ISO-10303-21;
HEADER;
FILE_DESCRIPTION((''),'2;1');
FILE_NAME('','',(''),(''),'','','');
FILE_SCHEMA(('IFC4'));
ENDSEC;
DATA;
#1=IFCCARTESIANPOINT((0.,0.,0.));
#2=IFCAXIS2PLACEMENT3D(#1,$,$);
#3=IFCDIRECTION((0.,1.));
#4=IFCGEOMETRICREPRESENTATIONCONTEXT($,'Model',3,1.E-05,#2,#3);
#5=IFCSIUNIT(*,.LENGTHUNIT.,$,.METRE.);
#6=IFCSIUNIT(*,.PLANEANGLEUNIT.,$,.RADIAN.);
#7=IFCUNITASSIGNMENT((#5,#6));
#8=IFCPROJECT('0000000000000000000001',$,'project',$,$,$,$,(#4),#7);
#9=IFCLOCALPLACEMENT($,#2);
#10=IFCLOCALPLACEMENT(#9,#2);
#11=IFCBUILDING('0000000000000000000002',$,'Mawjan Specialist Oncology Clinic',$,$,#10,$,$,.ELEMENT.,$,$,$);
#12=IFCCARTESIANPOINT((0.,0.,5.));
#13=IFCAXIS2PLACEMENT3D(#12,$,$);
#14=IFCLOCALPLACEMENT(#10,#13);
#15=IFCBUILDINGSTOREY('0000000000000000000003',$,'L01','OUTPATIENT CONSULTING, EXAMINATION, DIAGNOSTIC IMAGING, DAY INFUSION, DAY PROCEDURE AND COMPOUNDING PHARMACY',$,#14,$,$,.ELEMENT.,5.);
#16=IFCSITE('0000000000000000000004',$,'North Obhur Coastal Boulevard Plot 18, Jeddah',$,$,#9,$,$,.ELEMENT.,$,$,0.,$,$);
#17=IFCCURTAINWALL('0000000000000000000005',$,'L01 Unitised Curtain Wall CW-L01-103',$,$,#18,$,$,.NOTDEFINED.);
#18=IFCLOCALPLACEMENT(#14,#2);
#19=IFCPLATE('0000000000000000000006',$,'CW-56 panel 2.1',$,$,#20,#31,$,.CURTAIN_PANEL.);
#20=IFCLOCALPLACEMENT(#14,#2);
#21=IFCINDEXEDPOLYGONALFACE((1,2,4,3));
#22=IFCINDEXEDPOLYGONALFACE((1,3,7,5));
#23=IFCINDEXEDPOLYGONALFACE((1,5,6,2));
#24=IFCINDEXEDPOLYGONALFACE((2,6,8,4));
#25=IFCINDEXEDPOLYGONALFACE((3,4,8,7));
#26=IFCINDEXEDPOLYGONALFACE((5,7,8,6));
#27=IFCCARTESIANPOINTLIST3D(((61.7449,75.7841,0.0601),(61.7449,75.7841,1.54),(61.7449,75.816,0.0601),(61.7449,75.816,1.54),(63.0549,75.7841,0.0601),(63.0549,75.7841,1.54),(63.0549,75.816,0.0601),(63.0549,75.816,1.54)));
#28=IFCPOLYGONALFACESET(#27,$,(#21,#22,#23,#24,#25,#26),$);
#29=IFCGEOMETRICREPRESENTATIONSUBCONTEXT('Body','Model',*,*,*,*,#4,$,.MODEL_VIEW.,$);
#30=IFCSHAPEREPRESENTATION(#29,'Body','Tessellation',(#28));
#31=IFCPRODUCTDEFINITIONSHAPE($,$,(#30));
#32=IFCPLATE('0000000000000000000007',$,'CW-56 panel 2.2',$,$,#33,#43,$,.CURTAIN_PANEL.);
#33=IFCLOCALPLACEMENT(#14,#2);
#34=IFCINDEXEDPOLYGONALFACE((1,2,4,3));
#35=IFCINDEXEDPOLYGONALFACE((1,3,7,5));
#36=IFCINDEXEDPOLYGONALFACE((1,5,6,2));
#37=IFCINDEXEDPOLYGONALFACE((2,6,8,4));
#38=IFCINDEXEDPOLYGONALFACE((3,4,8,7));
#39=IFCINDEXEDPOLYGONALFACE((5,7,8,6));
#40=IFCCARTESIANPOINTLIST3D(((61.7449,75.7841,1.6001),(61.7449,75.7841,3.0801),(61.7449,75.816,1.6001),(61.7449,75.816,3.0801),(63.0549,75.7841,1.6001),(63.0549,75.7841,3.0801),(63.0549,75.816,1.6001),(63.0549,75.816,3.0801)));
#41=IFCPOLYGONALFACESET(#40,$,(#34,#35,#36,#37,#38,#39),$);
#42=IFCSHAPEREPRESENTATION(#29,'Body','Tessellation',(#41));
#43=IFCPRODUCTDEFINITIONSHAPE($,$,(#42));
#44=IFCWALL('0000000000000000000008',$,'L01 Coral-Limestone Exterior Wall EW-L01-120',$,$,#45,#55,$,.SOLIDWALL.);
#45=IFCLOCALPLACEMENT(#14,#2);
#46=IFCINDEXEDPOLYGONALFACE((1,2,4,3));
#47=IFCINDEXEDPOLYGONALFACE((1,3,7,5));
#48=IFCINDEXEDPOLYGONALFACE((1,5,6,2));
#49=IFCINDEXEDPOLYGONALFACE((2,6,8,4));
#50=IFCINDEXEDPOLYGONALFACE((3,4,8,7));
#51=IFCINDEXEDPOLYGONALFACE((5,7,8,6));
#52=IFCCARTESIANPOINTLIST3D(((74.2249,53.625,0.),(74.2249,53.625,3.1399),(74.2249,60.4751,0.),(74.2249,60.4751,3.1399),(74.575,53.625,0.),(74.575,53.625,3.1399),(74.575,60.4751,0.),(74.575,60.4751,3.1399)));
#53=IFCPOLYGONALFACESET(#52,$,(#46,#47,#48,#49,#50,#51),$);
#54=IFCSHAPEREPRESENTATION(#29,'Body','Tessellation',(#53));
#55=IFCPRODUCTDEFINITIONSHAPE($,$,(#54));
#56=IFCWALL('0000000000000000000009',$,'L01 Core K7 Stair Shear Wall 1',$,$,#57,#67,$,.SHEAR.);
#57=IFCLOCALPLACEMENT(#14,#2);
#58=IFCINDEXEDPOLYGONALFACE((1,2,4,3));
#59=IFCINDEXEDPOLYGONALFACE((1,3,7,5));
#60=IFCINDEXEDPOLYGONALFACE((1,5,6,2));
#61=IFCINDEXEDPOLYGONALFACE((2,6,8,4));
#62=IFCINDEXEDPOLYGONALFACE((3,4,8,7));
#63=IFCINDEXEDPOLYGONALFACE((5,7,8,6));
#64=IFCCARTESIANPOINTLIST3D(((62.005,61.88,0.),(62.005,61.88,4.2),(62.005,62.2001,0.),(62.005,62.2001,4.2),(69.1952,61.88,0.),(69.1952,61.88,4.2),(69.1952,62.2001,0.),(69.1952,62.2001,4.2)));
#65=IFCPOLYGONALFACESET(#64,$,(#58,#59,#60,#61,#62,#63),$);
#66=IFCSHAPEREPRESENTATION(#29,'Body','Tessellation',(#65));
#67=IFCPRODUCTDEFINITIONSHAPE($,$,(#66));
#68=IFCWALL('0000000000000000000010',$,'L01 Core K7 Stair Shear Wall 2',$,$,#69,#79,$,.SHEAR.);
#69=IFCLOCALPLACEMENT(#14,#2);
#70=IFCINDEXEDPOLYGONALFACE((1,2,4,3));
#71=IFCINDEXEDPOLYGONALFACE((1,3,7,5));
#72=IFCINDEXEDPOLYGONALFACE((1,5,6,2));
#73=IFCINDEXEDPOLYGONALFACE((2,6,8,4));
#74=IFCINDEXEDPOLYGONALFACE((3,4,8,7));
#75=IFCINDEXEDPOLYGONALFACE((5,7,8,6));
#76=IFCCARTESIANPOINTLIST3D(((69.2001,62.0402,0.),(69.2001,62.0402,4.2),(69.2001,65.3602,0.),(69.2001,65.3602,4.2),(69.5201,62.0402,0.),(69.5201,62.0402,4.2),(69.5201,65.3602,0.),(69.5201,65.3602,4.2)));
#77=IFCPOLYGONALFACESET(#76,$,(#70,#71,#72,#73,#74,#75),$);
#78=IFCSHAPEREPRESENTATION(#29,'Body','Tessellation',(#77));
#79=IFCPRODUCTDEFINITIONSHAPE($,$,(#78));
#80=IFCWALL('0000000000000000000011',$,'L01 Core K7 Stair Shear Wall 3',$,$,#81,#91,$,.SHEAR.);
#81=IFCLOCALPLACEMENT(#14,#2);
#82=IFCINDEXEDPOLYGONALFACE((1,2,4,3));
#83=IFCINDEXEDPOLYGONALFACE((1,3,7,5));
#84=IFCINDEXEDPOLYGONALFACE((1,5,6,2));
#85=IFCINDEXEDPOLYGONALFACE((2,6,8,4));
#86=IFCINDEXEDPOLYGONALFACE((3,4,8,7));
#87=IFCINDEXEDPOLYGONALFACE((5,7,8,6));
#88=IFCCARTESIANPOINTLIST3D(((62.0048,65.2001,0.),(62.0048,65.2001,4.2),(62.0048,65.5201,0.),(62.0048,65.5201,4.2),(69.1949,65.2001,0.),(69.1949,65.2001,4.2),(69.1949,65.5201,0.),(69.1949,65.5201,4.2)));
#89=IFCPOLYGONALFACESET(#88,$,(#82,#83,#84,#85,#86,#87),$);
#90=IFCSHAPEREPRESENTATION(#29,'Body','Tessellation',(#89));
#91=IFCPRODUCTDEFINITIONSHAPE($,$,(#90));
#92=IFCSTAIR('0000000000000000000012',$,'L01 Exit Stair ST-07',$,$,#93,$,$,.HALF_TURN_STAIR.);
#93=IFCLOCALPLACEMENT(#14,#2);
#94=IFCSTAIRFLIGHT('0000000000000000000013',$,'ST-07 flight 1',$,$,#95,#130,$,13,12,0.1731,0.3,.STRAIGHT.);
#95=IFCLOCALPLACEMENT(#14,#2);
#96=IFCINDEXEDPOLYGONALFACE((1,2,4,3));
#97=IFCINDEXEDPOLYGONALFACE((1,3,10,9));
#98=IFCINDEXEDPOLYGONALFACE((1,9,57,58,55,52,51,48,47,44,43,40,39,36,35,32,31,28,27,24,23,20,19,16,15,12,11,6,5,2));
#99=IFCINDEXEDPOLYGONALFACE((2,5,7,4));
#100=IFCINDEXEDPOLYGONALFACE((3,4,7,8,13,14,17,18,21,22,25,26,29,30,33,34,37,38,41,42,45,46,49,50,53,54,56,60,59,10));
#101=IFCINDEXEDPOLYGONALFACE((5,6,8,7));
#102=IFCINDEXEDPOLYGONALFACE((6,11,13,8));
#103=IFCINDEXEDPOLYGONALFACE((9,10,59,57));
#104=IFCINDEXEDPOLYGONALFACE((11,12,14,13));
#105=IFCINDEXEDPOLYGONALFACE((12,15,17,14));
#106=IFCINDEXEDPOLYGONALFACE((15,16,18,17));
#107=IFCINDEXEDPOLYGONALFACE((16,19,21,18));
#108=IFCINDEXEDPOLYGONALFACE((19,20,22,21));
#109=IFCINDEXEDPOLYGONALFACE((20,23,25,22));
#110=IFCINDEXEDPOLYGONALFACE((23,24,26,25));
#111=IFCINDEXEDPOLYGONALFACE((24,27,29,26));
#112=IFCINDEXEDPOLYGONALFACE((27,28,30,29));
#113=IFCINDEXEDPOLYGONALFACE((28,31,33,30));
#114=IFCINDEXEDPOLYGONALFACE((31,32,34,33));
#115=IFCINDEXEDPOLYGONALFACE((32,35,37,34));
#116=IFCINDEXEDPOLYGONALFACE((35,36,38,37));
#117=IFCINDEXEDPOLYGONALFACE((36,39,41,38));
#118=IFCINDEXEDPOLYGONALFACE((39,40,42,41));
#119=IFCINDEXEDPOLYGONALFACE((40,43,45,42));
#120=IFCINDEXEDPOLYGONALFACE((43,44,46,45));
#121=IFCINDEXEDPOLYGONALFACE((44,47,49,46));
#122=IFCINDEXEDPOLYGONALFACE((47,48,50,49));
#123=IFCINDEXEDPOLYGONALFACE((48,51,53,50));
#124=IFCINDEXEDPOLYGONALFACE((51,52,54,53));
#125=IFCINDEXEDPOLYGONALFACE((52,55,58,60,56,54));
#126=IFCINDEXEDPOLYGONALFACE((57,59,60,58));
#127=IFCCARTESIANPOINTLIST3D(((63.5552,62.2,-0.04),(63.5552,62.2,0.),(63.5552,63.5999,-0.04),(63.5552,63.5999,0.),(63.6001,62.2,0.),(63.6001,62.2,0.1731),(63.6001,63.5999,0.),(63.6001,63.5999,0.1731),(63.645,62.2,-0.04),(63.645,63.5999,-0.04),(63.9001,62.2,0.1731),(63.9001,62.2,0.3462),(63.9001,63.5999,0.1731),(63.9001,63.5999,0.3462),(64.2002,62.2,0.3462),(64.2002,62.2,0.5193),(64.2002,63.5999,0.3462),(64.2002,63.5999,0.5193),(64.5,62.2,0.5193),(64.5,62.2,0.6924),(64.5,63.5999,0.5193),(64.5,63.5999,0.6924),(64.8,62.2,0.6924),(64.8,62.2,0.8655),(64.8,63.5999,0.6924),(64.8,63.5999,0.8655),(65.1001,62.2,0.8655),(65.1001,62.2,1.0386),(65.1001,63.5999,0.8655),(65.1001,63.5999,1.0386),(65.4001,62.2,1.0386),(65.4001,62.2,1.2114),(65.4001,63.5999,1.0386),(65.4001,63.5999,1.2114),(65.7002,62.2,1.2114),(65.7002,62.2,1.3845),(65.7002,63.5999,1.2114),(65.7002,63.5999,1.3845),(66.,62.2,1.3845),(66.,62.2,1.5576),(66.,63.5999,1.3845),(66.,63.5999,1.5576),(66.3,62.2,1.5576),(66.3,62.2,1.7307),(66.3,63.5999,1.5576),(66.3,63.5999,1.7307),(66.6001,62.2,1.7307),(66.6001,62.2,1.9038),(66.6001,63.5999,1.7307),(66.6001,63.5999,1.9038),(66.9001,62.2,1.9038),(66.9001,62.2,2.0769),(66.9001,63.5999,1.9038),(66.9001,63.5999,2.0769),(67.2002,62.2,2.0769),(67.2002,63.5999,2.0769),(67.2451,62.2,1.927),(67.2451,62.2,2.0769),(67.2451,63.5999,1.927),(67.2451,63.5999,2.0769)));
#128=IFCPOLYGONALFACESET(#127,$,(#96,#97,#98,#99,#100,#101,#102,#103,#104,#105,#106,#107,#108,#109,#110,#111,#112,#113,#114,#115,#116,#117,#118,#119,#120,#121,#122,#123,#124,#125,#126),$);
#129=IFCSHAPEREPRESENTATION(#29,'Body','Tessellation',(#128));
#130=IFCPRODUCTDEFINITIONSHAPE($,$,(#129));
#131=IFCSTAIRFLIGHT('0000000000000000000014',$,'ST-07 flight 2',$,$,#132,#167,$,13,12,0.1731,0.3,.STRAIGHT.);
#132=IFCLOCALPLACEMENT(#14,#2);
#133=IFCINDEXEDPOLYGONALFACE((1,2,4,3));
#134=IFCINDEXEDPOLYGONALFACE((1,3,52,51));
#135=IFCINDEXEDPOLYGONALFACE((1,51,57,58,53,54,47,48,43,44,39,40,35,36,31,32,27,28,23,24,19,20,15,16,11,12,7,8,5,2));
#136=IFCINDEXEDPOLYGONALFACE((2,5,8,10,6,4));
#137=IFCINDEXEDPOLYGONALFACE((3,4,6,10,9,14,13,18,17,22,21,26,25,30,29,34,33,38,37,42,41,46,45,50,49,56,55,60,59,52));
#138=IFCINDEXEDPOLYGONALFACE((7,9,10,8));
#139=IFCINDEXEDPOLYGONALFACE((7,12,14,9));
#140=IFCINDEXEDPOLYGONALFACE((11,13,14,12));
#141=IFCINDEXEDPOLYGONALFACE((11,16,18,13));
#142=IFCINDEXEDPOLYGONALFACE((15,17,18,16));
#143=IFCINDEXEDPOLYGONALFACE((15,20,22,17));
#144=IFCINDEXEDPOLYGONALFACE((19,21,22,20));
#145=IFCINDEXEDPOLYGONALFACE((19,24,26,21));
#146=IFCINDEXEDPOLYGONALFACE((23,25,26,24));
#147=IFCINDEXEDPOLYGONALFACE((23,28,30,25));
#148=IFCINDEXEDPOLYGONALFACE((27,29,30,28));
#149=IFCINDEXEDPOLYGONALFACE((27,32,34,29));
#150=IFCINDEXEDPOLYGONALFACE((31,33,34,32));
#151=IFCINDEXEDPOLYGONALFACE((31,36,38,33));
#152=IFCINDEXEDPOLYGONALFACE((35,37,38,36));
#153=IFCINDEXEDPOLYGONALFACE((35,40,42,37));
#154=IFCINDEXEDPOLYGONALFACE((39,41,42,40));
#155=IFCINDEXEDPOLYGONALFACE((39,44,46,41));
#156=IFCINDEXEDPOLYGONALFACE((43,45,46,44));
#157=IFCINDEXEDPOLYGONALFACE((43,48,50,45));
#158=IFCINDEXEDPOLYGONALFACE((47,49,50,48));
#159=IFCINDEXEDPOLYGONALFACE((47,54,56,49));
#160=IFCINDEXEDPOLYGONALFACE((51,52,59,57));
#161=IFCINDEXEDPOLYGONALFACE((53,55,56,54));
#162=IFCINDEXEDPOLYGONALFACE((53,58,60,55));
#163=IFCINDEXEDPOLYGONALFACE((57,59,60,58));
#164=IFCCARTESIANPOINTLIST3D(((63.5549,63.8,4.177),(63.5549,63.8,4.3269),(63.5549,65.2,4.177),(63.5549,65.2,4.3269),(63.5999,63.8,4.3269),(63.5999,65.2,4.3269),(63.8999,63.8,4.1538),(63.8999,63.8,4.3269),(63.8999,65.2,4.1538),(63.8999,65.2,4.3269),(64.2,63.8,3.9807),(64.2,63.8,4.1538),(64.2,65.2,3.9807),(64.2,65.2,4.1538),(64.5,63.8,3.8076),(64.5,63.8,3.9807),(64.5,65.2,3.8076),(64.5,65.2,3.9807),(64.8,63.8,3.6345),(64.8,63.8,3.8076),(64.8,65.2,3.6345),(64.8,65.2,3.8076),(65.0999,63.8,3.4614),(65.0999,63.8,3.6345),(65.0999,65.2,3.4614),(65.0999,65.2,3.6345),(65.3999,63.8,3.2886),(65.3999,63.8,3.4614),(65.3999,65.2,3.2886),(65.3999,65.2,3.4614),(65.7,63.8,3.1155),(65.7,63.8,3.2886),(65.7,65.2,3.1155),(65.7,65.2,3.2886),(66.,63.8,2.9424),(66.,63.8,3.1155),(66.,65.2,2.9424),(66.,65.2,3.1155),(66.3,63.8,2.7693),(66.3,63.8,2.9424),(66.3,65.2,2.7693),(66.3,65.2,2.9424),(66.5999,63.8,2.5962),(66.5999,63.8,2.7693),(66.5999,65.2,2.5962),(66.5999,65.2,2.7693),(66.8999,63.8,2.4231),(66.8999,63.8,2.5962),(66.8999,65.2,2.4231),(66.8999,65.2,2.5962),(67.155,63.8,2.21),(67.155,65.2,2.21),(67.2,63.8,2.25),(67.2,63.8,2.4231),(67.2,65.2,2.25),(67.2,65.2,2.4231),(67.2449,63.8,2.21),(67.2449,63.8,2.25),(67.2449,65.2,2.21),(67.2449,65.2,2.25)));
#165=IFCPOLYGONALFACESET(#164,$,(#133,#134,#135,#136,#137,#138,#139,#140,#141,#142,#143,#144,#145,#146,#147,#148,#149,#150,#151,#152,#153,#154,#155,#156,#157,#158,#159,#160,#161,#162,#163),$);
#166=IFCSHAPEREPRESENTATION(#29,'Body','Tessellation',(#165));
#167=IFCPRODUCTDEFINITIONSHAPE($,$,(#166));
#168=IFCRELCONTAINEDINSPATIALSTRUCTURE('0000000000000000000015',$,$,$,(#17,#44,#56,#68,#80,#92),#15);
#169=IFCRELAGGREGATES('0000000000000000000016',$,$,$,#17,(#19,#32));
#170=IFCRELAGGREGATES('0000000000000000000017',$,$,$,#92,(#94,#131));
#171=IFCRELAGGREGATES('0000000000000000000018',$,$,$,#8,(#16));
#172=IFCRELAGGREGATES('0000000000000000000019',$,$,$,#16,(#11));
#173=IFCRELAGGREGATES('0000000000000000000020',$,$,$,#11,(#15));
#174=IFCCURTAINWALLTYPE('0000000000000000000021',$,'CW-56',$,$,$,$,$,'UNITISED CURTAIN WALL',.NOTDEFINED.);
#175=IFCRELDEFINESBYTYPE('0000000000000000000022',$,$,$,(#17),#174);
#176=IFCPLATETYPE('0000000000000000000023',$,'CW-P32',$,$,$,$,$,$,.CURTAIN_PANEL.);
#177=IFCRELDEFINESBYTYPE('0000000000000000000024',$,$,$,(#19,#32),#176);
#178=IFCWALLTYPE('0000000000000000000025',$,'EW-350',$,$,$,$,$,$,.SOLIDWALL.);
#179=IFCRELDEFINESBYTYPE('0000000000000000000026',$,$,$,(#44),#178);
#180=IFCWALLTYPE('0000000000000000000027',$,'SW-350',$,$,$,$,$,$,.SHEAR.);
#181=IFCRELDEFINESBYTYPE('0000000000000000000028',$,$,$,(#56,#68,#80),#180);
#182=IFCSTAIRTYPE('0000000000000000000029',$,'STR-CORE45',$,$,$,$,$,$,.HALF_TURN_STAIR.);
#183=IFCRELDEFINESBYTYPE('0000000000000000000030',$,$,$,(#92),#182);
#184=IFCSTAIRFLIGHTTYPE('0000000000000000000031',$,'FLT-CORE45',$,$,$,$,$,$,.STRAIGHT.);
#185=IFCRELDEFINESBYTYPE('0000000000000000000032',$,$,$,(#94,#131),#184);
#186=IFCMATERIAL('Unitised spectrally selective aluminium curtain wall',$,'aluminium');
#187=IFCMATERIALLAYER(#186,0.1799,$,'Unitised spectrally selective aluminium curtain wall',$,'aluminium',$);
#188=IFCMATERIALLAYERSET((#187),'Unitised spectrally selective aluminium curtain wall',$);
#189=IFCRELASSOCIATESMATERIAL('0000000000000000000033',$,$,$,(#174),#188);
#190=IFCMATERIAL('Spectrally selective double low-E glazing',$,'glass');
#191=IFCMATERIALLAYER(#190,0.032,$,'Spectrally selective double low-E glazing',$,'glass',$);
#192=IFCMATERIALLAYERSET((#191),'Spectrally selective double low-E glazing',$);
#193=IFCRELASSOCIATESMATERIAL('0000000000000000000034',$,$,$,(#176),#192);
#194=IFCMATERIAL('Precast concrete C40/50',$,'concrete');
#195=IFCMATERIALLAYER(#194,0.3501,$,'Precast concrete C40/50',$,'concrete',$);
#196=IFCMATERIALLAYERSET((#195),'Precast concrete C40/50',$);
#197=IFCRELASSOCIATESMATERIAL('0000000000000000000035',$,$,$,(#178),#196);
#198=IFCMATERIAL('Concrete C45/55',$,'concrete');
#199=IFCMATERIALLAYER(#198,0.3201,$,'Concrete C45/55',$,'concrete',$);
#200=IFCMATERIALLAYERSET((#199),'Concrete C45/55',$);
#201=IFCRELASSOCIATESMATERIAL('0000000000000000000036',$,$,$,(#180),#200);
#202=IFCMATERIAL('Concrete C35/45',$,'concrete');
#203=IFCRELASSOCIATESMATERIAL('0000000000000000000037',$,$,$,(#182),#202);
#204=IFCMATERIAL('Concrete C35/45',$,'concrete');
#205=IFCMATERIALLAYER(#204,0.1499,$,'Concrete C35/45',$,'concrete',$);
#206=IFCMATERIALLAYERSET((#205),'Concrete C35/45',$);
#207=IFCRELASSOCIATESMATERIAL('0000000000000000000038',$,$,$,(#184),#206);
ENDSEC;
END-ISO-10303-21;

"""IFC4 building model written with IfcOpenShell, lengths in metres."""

from ifc_helpers import new_model, si_unit, direction, frame, frame_2d, origin, origin_2d, place, context, subcontext, project, spatial, polyline, rectangle, outline, extrude, material, layer, layer_set, type_object, element, aggregate, save


model = new_model("IFC4")

# Units and contexts
model_context = context("Model", 3, precision=1e-05, world=origin(), true_north=direction((0.0, 1.0)))
body_context = subcontext(model_context, "Body", "Model", "MODEL_VIEW")
ifc_project = project(units=[si_unit("LENGTHUNIT", "METRE"), si_unit("PLANEANGLEUNIT", "RADIAN")], contexts=[model_context])

# Site, building, storey
site_placement = place(None, origin())
site = spatial("IfcSite", under=ifc_project, at=site_placement, Name="North Obhur Coastal Boulevard Plot 18, Jeddah", CompositionType="ELEMENT", RefElevation=0.0)
building_placement = place(site_placement, origin())
building = spatial("IfcBuilding", under=site, at=building_placement, Name="Mawjan Specialist Oncology Clinic", CompositionType="ELEMENT")
storey_placement = place(building_placement, frame((0.0, 0.0, 5.0)))
storey = spatial("IfcBuildingStorey", under=building, at=storey_placement, Name="L01", Description="OUTPATIENT CONSULTING, EXAMINATION, DIAGNOSTIC IMAGING, DAY INFUSION, DAY PROCEDURE AND COMPOUNDING PHARMACY", CompositionType="ELEMENT", Elevation=5.0)

# Curtain wall, plates
ifc_material_1 = material(Name="Unitised spectrally selective aluminium curtain wall", Category="aluminium")
ifc_layer_1 = layer(ifc_material_1, 0.1799, Name="Unitised spectrally selective aluminium curtain wall", Category="aluminium")
ifc_layer_set_1 = layer_set([ifc_layer_1], Name="Unitised spectrally selective aluminium curtain wall")
curtain_wall_type = type_object("IfcCurtainWallType", Name="CW-56", ElementType="UNITISED CURTAIN WALL", PredefinedType="NOTDEFINED", material=ifc_layer_set_1)
curtain_wall_placement = place(storey_placement, origin())
curtain_wall = element("IfcCurtainWall", 1, at=curtain_wall_placement, inside=storey, type_object=curtain_wall_type, Name="L01 Unitised Curtain Wall CW-L01-103", PredefinedType="NOTDEFINED")
ifc_material_2 = material(Name="Spectrally selective double low-E glazing", Category="glass")
ifc_layer_2 = layer(ifc_material_2, 0.032, Name="Spectrally selective double low-E glazing", Category="glass")
ifc_layer_set_2 = layer_set([ifc_layer_2], Name="Spectrally selective double low-E glazing")
plate_type = type_object("IfcPlateType", Name="CW-P32", PredefinedType="CURTAIN_PANEL", material=ifc_layer_set_2)
plate_1_placement = place(storey_placement, frame((62.3999, 75.8, 0.0601), z_axis=(0.0, 0.0, 1.0), x_axis=(1.0, 0.0, 0.0)))
plate_1 = element("IfcPlate", 2, at=plate_1_placement, type_object=plate_type, Name="CW-56 panel 2.1", PredefinedType="CURTAIN_PANEL", context=body_context, shape_type="SweptSolid", body=[
    extrude(rectangle(XDim=1.3101, YDim=0.032, at=origin_2d()), origin(), (0.0, 0.0, 1.0), 1.48),
])
plate_2_placement = place(storey_placement, frame((62.3999, 75.8, 1.6001), z_axis=(0.0, 0.0, 1.0), x_axis=(1.0, 0.0, 0.0)))
plate_2 = element("IfcPlate", 3, at=plate_2_placement, type_object=plate_type, Name="CW-56 panel 2.2", PredefinedType="CURTAIN_PANEL", context=body_context, shape_type="SweptSolid", body=[
    extrude(rectangle(XDim=1.3101, YDim=0.032, at=origin_2d()), origin(), (0.0, 0.0, 1.0), 1.48),
])
aggregate(curtain_wall, [plate_1, plate_2])

# Walls
ifc_material_3 = material(Name="Precast concrete C40/50", Category="concrete")
ifc_layer_3 = layer(ifc_material_3, 0.3501, Name="Precast concrete C40/50", Category="concrete")
ifc_layer_set_3 = layer_set([ifc_layer_3], Name="Precast concrete C40/50")
wall_type_1 = type_object("IfcWallType", Name="EW-350", PredefinedType="SOLIDWALL", material=ifc_layer_set_3)
wall_1_placement = place(storey_placement, frame((74.3999, 60.4751, 0.0), z_axis=(0.0, 0.0, 1.0), x_axis=(0.0, -1.0, 0.0)))
element("IfcWall", 4, at=wall_1_placement, inside=storey, type_object=wall_type_1, Name="L01 Coral-Limestone Exterior Wall EW-L01-120", PredefinedType="SOLIDWALL", context=body_context, shape_type="SweptSolid", body=[
    extrude(rectangle(XDim=6.8501, YDim=0.3501, at=frame_2d((3.425, 0.0))), origin(), (0.0, 0.0, 1.0), 3.1399),
])
ifc_material_4 = material(Name="Concrete C45/55", Category="concrete")
ifc_layer_4 = layer(ifc_material_4, 0.3201, Name="Concrete C45/55", Category="concrete")
ifc_layer_set_4 = layer_set([ifc_layer_4], Name="Concrete C45/55")
wall_type_2 = type_object("IfcWallType", Name="SW-350", PredefinedType="SHEAR", material=ifc_layer_set_4)
wall_2_placement = place(storey_placement, frame((62.0049, 62.04, 0.0), z_axis=(0.0, 0.0, 1.0), x_axis=(1.0, 0.0, 0.0)))
element("IfcWall", 5, at=wall_2_placement, inside=storey, type_object=wall_type_2, Name="L01 Core K7 Stair Shear Wall 1", PredefinedType="SHEAR", context=body_context, shape_type="SweptSolid", body=[
    extrude(rectangle(XDim=7.1902, YDim=0.3201, at=frame_2d((3.5952, 0.0))), origin(), (0.0, 0.0, 1.0), 4.2),
])
wall_3_placement = place(storey_placement, frame((69.3601, 62.04, 0.0), z_axis=(0.0, 0.0, 1.0), x_axis=(0.0, 1.0, 0.0)))
element("IfcWall", 6, at=wall_3_placement, inside=storey, type_object=wall_type_2, Name="L01 Core K7 Stair Shear Wall 2", PredefinedType="SHEAR", context=body_context, shape_type="SweptSolid", body=[
    extrude(rectangle(XDim=3.3201, YDim=0.3201, at=frame_2d((1.6602, 0.0))), origin(), (0.0, 0.0, 1.0), 4.2),
])
wall_4_placement = place(storey_placement, frame((69.1951, 65.3601, 0.0), z_axis=(0.0, 0.0, 1.0), x_axis=(-1.0, 0.0, 0.0)))
element("IfcWall", 7, at=wall_4_placement, inside=storey, type_object=wall_type_2, Name="L01 Core K7 Stair Shear Wall 3", PredefinedType="SHEAR", context=body_context, shape_type="SweptSolid", body=[
    extrude(rectangle(XDim=7.1902, YDim=0.3201, at=frame_2d((3.5952, 0.0))), origin(), (0.0, 0.0, 1.0), 4.2),
])

# Stair, stair flights
ifc_material_5 = material(Name="Concrete C35/45", Category="concrete")
stair_type = type_object("IfcStairType", Name="STR-CORE45", PredefinedType="HALF_TURN_STAIR", material=ifc_material_5)
stair_placement = place(storey_placement, origin())
stair = element("IfcStair", 8, at=stair_placement, inside=storey, type_object=stair_type, Name="L01 Exit Stair ST-07", PredefinedType="HALF_TURN_STAIR")
ifc_material_6 = material(Name="Concrete C35/45", Category="concrete")
ifc_layer_5 = layer(ifc_material_6, 0.1499, Name="Concrete C35/45", Category="concrete")
ifc_layer_set_5 = layer_set([ifc_layer_5], Name="Concrete C35/45")
stair_flight_type = type_object("IfcStairFlightType", Name="FLT-CORE45", PredefinedType="STRAIGHT", material=ifc_layer_set_5)
stair_flight_1_placement = place(storey_placement, frame((63.6001, 62.8999, 0.0), z_axis=(0.0, 0.0, 1.0), x_axis=(1.0, 0.0, 0.0)))
stair_flight_1 = element("IfcStairFlight", 9, at=stair_flight_1_placement, type_object=stair_flight_type, Name="ST-07 flight 1", NumberOfRisers=13, NumberOfTreads=12, PredefinedType="STRAIGHT", RiserHeight=0.1731, TreadLength=0.3, context=body_context, shape_type="SweptSolid", body=[
    extrude(outline(polyline([(-0.0449, -0.04), (-0.0449, 0.0), (0.0, 0.0), (0.0, 0.1731), (0.3, 0.1731), (0.3, 0.3462), (0.6001, 0.3462), (0.6001, 0.5193), (0.8999, 0.5193), (0.8999, 0.6924), (1.2, 0.6924), (1.2, 0.8655), (1.5, 0.8655), (1.5, 1.0386), (1.8, 1.0386), (1.8, 1.2114), (2.1001, 1.2114), (2.1001, 1.3845), (2.3999, 1.3845), (2.3999, 1.5576), (2.7, 1.5576), (2.7, 1.7307), (3.0, 1.7307), (3.0, 1.9038), (3.3, 1.9038), (3.3, 2.0769), (3.6001, 2.0769), (3.645, 2.0769), (3.645, 1.927), (0.0449, -0.04), (-0.0449, -0.04)])), frame((0.0, 0.7, 0.0), z_axis=(0.0, -1.0, 0.0), x_axis=(1.0, 0.0, 0.0)), (0.0, 0.0, 1.0), 1.3999),
])
stair_flight_2_placement = place(storey_placement, frame((67.2, 64.5, 2.25), z_axis=(0.0, 0.0, 1.0), x_axis=(-1.0, 0.0, 0.0)))
stair_flight_2 = element("IfcStairFlight", 10, at=stair_flight_2_placement, type_object=stair_flight_type, Name="ST-07 flight 2", NumberOfRisers=13, NumberOfTreads=12, PredefinedType="STRAIGHT", RiserHeight=0.1731, TreadLength=0.3, context=body_context, shape_type="SweptSolid", body=[
    extrude(outline(polyline([(-0.0449, -0.04), (-0.0449, 0.0), (0.0, 0.0), (0.0, 0.1731), (0.3, 0.1731), (0.3, 0.3462), (0.6001, 0.3462), (0.6001, 0.5193), (0.8999, 0.5193), (0.8999, 0.6924), (1.2, 0.6924), (1.2, 0.8655), (1.5, 0.8655), (1.5, 1.0386), (1.8, 1.0386), (1.8, 1.2114), (2.1001, 1.2114), (2.1001, 1.3845), (2.3999, 1.3845), (2.3999, 1.5576), (2.7, 1.5576), (2.7, 1.7307), (3.0, 1.7307), (3.0, 1.9038), (3.3, 1.9038), (3.3, 2.0769), (3.6001, 2.0769), (3.645, 2.0769), (3.645, 1.927), (0.0449, -0.04), (-0.0449, -0.04)])), frame((0.0, 0.7, 0.0), z_axis=(0.0, -1.0, 0.0), x_axis=(1.0, 0.0, 0.0)), (0.0, 0.0, 1.0), 1.3999),
])
aggregate(stair, [stair_flight_1, stair_flight_2])

save(model, "model.ifc")
